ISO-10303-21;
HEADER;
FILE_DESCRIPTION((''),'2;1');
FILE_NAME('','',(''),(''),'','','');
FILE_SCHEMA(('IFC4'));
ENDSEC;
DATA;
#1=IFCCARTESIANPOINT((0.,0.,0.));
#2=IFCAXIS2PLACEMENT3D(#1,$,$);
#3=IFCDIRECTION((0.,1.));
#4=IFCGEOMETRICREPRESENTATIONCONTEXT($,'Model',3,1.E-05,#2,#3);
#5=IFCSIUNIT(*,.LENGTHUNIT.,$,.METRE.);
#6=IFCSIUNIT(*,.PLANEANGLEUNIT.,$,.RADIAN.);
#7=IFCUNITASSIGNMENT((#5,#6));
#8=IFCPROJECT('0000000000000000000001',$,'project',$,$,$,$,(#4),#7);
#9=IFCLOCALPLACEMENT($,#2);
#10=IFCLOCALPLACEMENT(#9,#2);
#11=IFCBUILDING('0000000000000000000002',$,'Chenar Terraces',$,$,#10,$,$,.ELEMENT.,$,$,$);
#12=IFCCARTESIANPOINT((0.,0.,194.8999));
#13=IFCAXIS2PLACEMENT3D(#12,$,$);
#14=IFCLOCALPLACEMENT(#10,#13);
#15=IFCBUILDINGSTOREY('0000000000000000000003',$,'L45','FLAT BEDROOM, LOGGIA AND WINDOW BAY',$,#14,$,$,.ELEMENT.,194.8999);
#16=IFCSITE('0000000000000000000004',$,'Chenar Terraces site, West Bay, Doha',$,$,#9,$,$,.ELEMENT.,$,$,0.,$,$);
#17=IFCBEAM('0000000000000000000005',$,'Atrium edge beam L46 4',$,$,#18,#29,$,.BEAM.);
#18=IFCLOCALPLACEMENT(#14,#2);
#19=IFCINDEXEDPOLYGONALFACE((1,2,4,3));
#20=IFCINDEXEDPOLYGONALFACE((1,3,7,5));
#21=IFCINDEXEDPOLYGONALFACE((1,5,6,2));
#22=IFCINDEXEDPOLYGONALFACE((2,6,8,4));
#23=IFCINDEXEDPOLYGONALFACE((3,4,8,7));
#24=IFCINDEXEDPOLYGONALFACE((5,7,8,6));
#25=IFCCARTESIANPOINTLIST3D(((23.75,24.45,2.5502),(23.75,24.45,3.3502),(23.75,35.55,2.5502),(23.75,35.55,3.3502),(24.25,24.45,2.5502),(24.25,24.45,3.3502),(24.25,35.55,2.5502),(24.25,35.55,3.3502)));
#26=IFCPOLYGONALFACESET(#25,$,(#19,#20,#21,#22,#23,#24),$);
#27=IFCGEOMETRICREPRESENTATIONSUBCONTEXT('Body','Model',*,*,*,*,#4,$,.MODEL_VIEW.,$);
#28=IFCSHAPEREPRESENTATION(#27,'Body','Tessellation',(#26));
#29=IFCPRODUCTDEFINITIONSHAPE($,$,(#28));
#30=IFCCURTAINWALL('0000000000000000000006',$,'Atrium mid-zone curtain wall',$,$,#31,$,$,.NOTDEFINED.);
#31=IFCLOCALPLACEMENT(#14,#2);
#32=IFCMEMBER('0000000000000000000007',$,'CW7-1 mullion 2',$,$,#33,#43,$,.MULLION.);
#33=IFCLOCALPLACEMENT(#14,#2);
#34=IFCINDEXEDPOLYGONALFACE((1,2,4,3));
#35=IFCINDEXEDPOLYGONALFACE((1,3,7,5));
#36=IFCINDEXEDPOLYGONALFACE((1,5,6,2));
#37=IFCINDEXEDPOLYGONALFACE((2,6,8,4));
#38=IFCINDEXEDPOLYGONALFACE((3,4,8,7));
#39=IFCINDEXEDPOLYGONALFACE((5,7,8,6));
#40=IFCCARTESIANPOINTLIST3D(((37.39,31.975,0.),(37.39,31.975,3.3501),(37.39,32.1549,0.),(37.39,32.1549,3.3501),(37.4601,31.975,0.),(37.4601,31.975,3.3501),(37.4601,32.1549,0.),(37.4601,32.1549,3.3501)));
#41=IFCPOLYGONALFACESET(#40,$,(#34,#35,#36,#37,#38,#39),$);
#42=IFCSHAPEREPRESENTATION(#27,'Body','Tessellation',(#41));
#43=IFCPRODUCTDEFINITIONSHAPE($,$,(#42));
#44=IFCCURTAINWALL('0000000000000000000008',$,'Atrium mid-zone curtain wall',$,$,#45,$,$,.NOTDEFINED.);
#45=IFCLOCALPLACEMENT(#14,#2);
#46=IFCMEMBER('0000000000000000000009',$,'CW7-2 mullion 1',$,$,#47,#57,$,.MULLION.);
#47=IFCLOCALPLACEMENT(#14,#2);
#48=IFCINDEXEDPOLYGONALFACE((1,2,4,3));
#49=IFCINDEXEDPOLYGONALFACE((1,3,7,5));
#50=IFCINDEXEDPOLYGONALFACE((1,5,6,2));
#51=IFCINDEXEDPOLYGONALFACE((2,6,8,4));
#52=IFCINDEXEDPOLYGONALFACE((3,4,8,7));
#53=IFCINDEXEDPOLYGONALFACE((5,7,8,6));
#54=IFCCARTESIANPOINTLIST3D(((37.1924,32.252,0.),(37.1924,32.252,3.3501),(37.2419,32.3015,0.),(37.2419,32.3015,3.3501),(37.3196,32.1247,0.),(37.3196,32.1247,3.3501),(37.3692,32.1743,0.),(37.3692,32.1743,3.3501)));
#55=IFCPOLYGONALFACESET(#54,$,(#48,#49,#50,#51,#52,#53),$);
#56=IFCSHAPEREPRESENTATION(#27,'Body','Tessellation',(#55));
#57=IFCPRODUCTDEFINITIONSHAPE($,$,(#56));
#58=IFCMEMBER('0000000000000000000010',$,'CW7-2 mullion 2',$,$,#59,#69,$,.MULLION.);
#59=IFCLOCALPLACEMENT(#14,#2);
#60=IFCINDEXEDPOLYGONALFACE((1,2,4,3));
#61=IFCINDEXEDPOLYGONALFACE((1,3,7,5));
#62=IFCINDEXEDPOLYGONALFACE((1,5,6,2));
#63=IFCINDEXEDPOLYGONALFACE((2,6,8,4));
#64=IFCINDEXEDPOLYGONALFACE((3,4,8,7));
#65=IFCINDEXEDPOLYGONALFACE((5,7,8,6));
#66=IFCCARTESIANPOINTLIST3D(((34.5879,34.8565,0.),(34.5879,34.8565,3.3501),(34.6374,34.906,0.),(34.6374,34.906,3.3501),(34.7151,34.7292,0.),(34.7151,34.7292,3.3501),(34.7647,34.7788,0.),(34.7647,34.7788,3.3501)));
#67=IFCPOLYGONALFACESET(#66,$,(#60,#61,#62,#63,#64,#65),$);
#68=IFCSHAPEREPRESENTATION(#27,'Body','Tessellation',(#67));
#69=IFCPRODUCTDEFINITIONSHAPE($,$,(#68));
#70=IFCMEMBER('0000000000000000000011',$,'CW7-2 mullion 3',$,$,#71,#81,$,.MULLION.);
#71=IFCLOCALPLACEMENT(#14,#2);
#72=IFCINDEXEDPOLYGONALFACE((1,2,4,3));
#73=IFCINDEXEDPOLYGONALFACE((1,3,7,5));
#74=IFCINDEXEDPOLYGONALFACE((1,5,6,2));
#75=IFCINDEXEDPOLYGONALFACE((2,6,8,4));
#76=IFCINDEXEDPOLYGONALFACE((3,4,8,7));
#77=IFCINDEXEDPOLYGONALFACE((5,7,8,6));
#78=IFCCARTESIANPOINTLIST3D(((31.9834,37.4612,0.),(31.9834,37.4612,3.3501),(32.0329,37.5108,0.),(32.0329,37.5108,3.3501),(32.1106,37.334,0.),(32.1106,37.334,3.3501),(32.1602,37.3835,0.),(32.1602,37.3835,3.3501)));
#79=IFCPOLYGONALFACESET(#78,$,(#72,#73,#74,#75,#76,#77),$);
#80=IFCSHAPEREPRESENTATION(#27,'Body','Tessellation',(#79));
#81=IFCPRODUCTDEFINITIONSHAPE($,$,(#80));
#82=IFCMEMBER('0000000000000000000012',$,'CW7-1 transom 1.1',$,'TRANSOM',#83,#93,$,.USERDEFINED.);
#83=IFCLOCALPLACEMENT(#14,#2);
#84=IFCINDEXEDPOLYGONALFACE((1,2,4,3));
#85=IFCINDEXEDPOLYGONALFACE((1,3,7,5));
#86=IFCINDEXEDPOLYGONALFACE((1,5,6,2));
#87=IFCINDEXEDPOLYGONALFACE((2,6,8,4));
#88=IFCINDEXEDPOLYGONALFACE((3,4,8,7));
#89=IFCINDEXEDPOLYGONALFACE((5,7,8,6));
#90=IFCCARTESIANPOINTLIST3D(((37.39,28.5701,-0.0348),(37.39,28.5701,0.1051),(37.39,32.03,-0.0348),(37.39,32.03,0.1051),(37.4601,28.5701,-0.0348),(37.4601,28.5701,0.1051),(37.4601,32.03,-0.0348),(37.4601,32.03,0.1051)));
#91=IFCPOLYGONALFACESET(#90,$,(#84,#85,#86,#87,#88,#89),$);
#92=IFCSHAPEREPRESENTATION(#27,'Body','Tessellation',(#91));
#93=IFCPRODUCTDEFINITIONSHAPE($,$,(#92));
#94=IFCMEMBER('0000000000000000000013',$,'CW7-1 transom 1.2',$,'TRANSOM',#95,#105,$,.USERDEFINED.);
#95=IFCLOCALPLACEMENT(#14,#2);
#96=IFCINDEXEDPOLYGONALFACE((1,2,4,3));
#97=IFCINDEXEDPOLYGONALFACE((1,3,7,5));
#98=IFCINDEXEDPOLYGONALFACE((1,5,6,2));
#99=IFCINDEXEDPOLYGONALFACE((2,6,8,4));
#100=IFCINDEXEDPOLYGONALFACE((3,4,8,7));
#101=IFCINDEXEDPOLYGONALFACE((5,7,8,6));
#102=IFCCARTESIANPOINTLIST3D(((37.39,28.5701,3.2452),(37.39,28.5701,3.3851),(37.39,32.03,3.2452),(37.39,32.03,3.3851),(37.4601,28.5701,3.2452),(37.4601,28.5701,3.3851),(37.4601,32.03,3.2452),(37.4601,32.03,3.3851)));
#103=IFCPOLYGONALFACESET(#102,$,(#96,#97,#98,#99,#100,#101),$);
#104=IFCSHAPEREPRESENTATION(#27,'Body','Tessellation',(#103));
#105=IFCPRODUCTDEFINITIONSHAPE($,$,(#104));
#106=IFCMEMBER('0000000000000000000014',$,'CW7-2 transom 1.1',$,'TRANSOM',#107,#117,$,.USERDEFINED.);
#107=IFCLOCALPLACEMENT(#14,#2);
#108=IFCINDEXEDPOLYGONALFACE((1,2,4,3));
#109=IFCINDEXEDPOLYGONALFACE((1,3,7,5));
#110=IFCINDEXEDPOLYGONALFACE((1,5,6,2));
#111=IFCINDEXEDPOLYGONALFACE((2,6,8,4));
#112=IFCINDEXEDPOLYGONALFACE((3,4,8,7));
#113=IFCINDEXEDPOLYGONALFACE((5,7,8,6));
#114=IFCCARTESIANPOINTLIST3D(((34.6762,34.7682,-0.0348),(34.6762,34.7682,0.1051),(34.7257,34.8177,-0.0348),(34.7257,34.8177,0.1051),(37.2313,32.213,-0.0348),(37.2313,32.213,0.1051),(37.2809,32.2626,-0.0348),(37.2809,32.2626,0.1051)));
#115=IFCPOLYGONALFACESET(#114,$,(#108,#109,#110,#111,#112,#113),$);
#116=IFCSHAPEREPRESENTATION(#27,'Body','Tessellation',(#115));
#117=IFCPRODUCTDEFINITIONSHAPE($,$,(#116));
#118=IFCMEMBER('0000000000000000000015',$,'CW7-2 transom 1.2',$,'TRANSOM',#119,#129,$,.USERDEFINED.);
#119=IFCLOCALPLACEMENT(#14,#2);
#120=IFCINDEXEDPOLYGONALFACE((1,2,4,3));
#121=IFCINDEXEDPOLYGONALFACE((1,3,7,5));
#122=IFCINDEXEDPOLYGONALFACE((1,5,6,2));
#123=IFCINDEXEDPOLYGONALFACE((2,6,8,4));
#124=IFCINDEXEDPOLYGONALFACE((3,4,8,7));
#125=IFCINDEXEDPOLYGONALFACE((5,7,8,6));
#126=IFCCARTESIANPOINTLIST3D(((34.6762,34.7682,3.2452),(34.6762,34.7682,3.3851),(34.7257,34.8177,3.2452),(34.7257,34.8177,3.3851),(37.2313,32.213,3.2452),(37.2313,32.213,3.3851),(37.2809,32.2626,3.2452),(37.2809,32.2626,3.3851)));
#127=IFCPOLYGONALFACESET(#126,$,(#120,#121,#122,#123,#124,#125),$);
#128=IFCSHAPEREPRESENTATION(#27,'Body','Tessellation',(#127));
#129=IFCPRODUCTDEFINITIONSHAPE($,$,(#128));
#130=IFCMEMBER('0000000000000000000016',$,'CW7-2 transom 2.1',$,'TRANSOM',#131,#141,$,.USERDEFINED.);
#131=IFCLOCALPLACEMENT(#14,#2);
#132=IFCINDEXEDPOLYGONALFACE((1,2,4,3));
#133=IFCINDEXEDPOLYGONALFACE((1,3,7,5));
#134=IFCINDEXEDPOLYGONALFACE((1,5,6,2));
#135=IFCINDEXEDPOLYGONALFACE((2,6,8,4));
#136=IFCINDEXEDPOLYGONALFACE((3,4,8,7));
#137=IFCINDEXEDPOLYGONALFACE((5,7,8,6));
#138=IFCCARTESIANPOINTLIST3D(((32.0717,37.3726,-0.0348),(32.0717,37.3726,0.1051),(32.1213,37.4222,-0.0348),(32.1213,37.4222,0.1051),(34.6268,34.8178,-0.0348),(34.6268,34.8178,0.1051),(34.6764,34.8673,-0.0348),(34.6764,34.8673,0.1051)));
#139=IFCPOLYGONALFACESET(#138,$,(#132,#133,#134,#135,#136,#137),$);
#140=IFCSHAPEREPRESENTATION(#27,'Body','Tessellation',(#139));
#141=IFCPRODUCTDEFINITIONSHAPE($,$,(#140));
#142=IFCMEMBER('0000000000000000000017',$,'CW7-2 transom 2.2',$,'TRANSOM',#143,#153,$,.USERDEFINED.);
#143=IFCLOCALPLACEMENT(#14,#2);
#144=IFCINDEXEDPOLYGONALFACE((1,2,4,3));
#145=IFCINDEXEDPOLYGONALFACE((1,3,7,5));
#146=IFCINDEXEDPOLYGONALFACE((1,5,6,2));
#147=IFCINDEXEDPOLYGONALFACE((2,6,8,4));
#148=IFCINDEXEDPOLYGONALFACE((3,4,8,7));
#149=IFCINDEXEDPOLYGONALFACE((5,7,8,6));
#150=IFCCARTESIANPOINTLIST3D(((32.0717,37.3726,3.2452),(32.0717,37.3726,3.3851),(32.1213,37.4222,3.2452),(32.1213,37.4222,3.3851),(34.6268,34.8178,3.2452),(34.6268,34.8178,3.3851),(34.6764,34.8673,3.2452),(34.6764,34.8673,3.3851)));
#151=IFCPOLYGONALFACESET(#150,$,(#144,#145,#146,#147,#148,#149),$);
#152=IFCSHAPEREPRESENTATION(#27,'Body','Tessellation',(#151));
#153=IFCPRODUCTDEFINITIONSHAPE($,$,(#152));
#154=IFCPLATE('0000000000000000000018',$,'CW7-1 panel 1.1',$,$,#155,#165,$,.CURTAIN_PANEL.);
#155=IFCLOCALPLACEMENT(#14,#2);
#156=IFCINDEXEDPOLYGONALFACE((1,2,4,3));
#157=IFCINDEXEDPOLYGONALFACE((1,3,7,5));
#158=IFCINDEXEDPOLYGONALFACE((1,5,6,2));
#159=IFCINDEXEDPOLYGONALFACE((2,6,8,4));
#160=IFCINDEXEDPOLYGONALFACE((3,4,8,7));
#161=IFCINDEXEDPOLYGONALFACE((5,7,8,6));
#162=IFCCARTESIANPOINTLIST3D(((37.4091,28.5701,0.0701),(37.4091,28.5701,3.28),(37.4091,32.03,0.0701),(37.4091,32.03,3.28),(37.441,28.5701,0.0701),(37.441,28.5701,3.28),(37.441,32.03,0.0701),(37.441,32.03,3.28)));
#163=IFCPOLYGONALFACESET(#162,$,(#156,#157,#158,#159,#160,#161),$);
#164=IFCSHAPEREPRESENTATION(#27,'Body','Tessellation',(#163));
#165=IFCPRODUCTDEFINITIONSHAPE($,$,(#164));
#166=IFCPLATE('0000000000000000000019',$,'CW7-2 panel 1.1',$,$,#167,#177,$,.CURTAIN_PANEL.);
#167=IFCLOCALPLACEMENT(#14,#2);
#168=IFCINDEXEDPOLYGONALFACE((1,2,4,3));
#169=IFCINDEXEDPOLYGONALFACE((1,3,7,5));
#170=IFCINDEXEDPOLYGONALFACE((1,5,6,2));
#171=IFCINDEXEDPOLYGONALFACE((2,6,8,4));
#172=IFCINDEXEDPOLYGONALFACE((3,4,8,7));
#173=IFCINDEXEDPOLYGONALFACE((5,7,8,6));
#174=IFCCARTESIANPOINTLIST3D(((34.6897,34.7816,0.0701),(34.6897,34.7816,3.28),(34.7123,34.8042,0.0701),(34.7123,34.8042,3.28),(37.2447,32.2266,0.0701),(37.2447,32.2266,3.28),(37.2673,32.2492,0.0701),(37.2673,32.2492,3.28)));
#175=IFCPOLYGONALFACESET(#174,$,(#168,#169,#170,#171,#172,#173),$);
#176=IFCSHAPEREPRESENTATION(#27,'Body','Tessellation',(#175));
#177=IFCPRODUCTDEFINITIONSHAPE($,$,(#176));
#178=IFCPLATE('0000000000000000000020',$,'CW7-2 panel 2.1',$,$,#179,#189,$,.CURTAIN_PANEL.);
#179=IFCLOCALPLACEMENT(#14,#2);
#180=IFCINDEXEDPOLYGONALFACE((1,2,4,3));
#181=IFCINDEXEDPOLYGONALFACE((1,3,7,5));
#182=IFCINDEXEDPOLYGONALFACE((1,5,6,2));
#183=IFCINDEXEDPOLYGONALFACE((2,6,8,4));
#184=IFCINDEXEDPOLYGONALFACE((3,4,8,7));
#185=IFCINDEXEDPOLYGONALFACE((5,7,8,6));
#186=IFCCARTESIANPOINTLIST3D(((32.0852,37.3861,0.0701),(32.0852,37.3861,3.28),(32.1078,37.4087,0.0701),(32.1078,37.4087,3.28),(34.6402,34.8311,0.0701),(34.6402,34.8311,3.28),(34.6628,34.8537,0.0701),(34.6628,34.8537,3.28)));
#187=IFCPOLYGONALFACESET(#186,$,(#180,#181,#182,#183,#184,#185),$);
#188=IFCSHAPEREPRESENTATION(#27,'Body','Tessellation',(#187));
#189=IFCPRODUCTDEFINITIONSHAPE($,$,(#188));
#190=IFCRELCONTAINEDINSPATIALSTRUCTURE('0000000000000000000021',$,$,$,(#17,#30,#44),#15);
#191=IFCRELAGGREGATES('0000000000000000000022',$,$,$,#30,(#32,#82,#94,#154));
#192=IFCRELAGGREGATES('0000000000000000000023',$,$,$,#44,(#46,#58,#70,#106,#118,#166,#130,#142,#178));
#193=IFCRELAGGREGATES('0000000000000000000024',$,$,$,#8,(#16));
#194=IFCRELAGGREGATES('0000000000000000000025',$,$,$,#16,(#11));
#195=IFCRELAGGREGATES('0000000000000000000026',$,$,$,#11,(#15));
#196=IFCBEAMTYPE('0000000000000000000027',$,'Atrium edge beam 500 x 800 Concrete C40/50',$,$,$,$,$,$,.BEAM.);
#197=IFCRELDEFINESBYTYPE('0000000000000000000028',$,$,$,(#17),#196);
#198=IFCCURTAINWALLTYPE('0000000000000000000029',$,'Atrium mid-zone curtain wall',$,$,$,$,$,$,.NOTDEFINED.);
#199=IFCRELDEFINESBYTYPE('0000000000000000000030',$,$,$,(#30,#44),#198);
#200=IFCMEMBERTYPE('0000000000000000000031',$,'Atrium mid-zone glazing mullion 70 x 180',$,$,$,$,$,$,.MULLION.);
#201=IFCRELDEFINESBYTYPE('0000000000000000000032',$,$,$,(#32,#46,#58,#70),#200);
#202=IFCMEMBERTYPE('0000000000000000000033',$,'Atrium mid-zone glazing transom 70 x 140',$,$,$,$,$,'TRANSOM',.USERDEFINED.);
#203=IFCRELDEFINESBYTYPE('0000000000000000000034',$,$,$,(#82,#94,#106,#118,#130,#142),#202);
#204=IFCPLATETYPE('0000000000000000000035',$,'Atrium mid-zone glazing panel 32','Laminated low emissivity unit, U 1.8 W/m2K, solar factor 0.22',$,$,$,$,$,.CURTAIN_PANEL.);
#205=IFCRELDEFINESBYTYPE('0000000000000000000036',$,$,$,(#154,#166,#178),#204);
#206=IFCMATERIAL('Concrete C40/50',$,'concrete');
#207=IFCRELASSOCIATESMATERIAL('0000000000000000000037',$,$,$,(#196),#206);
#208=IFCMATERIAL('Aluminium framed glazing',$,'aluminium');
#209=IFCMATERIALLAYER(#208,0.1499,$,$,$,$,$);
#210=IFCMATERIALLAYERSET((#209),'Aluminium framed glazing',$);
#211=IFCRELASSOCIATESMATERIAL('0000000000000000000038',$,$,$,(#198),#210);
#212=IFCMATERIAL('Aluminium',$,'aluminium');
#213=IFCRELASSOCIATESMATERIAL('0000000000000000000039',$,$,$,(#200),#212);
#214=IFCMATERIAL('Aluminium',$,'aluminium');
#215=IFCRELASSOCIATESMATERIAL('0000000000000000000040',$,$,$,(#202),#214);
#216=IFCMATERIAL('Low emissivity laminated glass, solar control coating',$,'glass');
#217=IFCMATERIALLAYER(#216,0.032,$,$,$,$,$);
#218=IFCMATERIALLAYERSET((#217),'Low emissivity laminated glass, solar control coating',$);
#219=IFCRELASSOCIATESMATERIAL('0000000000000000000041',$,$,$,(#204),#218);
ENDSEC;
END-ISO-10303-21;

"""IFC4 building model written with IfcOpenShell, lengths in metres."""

from ifc_helpers import new_model, si_unit, direction, frame, origin, origin_2d, place, context, subcontext, project, spatial, rectangle, extrude, material, layer, layer_set, material_profile, profile_set, type_object, element, aggregate, save


model = new_model("IFC4")

# Units and contexts
model_context = context("Model", 3, precision=1e-05, world=origin(), true_north=direction((0.0, 1.0)))
body_context = subcontext(model_context, "Body", "Model", "MODEL_VIEW")
ifc_project = project(units=[si_unit("LENGTHUNIT", "METRE"), si_unit("PLANEANGLEUNIT", "RADIAN")], contexts=[model_context])

# Site, building, storey
site_placement = place(None, origin())
site = spatial("IfcSite", under=ifc_project, at=site_placement, Name="Chenar Terraces site, West Bay, Doha", CompositionType="ELEMENT", RefElevation=0.0)
building_placement = place(site_placement, origin())
building = spatial("IfcBuilding", under=site, at=building_placement, Name="Chenar Terraces", CompositionType="ELEMENT")
storey_placement = place(building_placement, frame((0.0, 0.0, 194.8999)))
storey = spatial("IfcBuildingStorey", under=building, at=storey_placement, Name="L45", Description="FLAT BEDROOM, LOGGIA AND WINDOW BAY", CompositionType="ELEMENT", Elevation=194.8999)

# Beam
ifc_material_1 = material(Name="Concrete C40/50", Category="concrete")
ifc_material_profile_1 = material_profile(ifc_material_1, rectangle(XDim=0.5, YDim=0.8, at=origin_2d()), Name="RC 500 x 800")
ifc_profile_set_1 = profile_set([ifc_material_profile_1], Name="Concrete C40/50")
beam_type = type_object("IfcBeamType", Name="Atrium edge beam 500 x 800 Concrete C40/50", PredefinedType="BEAM", material=ifc_profile_set_1)
beam_placement = place(storey_placement, frame((24.0, 35.55, 2.9502), z_axis=(0.0, -1.0, 0.0), x_axis=(1.0, 0.0, 0.0)))
element("IfcBeam", 1, at=beam_placement, inside=storey, type_object=beam_type, Name="Atrium edge beam L46 4", PredefinedType="BEAM", context=body_context, shape_type="SweptSolid", body=[
    extrude(rectangle(XDim=0.5, YDim=0.8, at=origin_2d()), origin(), (0.0, 0.0, 1.0), 11.1001),
])

# Curtain wall, member
ifc_material_2 = material(Name="Aluminium framed glazing", Category="aluminium")
ifc_layer_1 = layer(ifc_material_2, 0.1499)
ifc_layer_set_1 = layer_set([ifc_layer_1], Name="Aluminium framed glazing")
curtain_wall_type = type_object("IfcCurtainWallType", Name="Atrium mid-zone curtain wall", PredefinedType="NOTDEFINED", material=ifc_layer_set_1)
placement = place(storey_placement, origin())
curtain_wall_1 = element("IfcCurtainWall", 2, at=placement, inside=storey, type_object=curtain_wall_type, Name="Atrium mid-zone curtain wall", PredefinedType="NOTDEFINED")
ifc_material_3 = material(Name="Aluminium", Category="aluminium")
ifc_material_profile_2 = material_profile(ifc_material_3, rectangle(XDim=0.0701, YDim=0.1799, at=origin_2d()), Name="Atrium mid-zone glazing mullion 70 x 180")
ifc_profile_set_2 = profile_set([ifc_material_profile_2], Name="Aluminium")
member_type_1 = type_object("IfcMemberType", Name="Atrium mid-zone glazing mullion 70 x 180", PredefinedType="MULLION", material=ifc_profile_set_2)
member_1_placement = place(storey_placement, frame((37.425, 32.0649, 0.0), z_axis=(0.0, 0.0, 1.0), x_axis=(-1.0, 0.0, 0.0)))
member_1 = element("IfcMember", 3, at=member_1_placement, type_object=member_type_1, Name="CW7-1 mullion 2", PredefinedType="MULLION", context=body_context, shape_type="SweptSolid", body=[
    extrude(rectangle(XDim=0.0701, YDim=0.1799, at=origin_2d()), origin(), (0.0, 0.0, 1.0), 3.3501),
])

# Curtain wall, members
curtain_wall_2 = element("IfcCurtainWall", 4, at=placement, inside=storey, type_object=curtain_wall_type, Name="Atrium mid-zone curtain wall", PredefinedType="NOTDEFINED")
member_2_placement = place(storey_placement, frame((37.2808, 32.2131, 0.0), z_axis=(0.0, 0.0, 1.0), x_axis=(-0.707107, -0.707107, 0.0)))
member_2 = element("IfcMember", 5, at=member_2_placement, type_object=member_type_1, Name="CW7-2 mullion 1", PredefinedType="MULLION", context=body_context, shape_type="SweptSolid", body=[
    extrude(rectangle(XDim=0.0701, YDim=0.1799, at=origin_2d()), origin(), (0.0, 0.0, 1.0), 3.3501),
])
member_3_placement = place(storey_placement, frame((34.6763, 34.8176, 0.0), z_axis=(0.0, 0.0, 1.0), x_axis=(-0.707107, -0.707107, 0.0)))
member_3 = element("IfcMember", 6, at=member_3_placement, type_object=member_type_1, Name="CW7-2 mullion 2", PredefinedType="MULLION", context=body_context, shape_type="SweptSolid", body=[
    extrude(rectangle(XDim=0.0701, YDim=0.1799, at=origin_2d()), origin(), (0.0, 0.0, 1.0), 3.3501),
])
member_4_placement = place(storey_placement, frame((32.0718, 37.4224, 0.0), z_axis=(0.0, 0.0, 1.0), x_axis=(-0.707107, -0.707107, 0.0)))
member_4 = element("IfcMember", 7, at=member_4_placement, type_object=member_type_1, Name="CW7-2 mullion 3", PredefinedType="MULLION", context=body_context, shape_type="SweptSolid", body=[
    extrude(rectangle(XDim=0.0701, YDim=0.1799, at=origin_2d()), origin(), (0.0, 0.0, 1.0), 3.3501),
])

# Members
ifc_material_4 = material(Name="Aluminium", Category="aluminium")
ifc_material_profile_3 = material_profile(ifc_material_4, rectangle(XDim=0.0701, YDim=0.1399, at=origin_2d()), Name="Atrium mid-zone glazing transom 70 x 140")
ifc_profile_set_3 = profile_set([ifc_material_profile_3], Name="Aluminium")
member_type_2 = type_object("IfcMemberType", Name="Atrium mid-zone glazing transom 70 x 140", ElementType="TRANSOM", PredefinedType="USERDEFINED", material=ifc_profile_set_3)
member_5_placement = place(storey_placement, frame((37.425, 28.5701, 0.0352), z_axis=(0.0, 1.0, 0.0), x_axis=(-1.0, 0.0, 0.0)))
member_5 = element("IfcMember", 8, at=member_5_placement, type_object=member_type_2, Name="CW7-1 transom 1.1", ObjectType="TRANSOM", PredefinedType="USERDEFINED", context=body_context, shape_type="SweptSolid", body=[
    extrude(rectangle(XDim=0.0701, YDim=0.1399, at=origin_2d()), origin(), (0.0, 0.0, 1.0), 3.46),
])
member_6_placement = place(storey_placement, frame((37.425, 28.5701, 3.3152), z_axis=(0.0, 1.0, 0.0), x_axis=(-1.0, 0.0, 0.0)))
member_6 = element("IfcMember", 9, at=member_6_placement, type_object=member_type_2, Name="CW7-1 transom 1.2", ObjectType="TRANSOM", PredefinedType="USERDEFINED", context=body_context, shape_type="SweptSolid", body=[
    extrude(rectangle(XDim=0.0701, YDim=0.1399, at=origin_2d()), origin(), (0.0, 0.0, 1.0), 3.46),
])
member_7_placement = place(storey_placement, frame((37.2561, 32.2378, 0.0352), z_axis=(-0.707107, 0.707107, 0.0), x_axis=(-0.707107, -0.707107, 0.0)))
member_7 = element("IfcMember", 10, at=member_7_placement, type_object=member_type_2, Name="CW7-2 transom 1.1", ObjectType="TRANSOM", PredefinedType="USERDEFINED", context=body_context, shape_type="SweptSolid", body=[
    extrude(rectangle(XDim=0.0701, YDim=0.1399, at=origin_2d()), origin(), (0.0, 0.0, 1.0), 3.6135),
])
member_8_placement = place(storey_placement, frame((37.2561, 32.2378, 3.3152), z_axis=(-0.707107, 0.707107, 0.0), x_axis=(-0.707107, -0.707107, 0.0)))
member_8 = element("IfcMember", 11, at=member_8_placement, type_object=member_type_2, Name="CW7-2 transom 1.2", ObjectType="TRANSOM", PredefinedType="USERDEFINED", context=body_context, shape_type="SweptSolid", body=[
    extrude(rectangle(XDim=0.0701, YDim=0.1399, at=origin_2d()), origin(), (0.0, 0.0, 1.0), 3.6135),
])
member_9_placement = place(storey_placement, frame((34.6516, 34.8425, 0.0352), z_axis=(-0.707141, 0.707073, 0.0), x_axis=(-0.707073, -0.707141, 0.0)))
member_9 = element("IfcMember", 12, at=member_9_placement, type_object=member_type_2, Name="CW7-2 transom 2.1", ObjectType="TRANSOM", PredefinedType="USERDEFINED", context=body_context, shape_type="SweptSolid", body=[
    extrude(rectangle(XDim=0.0701, YDim=0.1399, at=origin_2d()), origin(), (0.0, 0.0, 1.0), 3.6133),
])
member_10_placement = place(storey_placement, frame((34.6516, 34.8425, 3.3152), z_axis=(-0.707141, 0.707073, 0.0), x_axis=(-0.707073, -0.707141, 0.0)))
member_10 = element("IfcMember", 13, at=member_10_placement, type_object=member_type_2, Name="CW7-2 transom 2.2", ObjectType="TRANSOM", PredefinedType="USERDEFINED", context=body_context, shape_type="SweptSolid", body=[
    extrude(rectangle(XDim=0.0701, YDim=0.1399, at=origin_2d()), origin(), (0.0, 0.0, 1.0), 3.6133),
])

# Plates
ifc_material_5 = material(Name="Low emissivity laminated glass, solar control coating", Category="glass")
ifc_layer_2 = layer(ifc_material_5, 0.032)
ifc_layer_set_2 = layer_set([ifc_layer_2], Name="Low emissivity laminated glass, solar control coating")
plate_type = type_object("IfcPlateType", Name="Atrium mid-zone glazing panel 32", Description="Laminated low emissivity unit, U 1.8 W/m2K, solar factor 0.22", PredefinedType="CURTAIN_PANEL", material=ifc_layer_set_2)
plate_1_placement = place(storey_placement, frame((37.425, 30.3, 0.0701), z_axis=(0.0, 0.0, 1.0), x_axis=(0.0, 1.0, 0.0)))
plate_1 = element("IfcPlate", 14, at=plate_1_placement, type_object=plate_type, Name="CW7-1 panel 1.1", PredefinedType="CURTAIN_PANEL", context=body_context, shape_type="SweptSolid", body=[
    extrude(rectangle(XDim=3.46, YDim=0.032, at=origin_2d()), origin(), (0.0, 0.0, 1.0), 3.21),
])
aggregate(curtain_wall_1, [member_1, member_5, member_6, plate_1])
plate_2_placement = place(storey_placement, frame((35.9785, 33.5154, 0.0701), z_axis=(0.0, 0.0, 1.0), x_axis=(-0.707107, 0.707107, 0.0)))
plate_2 = element("IfcPlate", 15, at=plate_2_placement, type_object=plate_type, Name="CW7-2 panel 1.1", PredefinedType="CURTAIN_PANEL", context=body_context, shape_type="SweptSolid", body=[
    extrude(rectangle(XDim=3.6133, YDim=0.032, at=origin_2d()), origin(), (0.0, 0.0, 1.0), 3.21),
])
plate_3_placement = place(storey_placement, frame((33.374, 36.1199, 0.0701), z_axis=(0.0, 0.0, 1.0), x_axis=(-0.707107, 0.707107, 0.0)))
plate_3 = element("IfcPlate", 16, at=plate_3_placement, type_object=plate_type, Name="CW7-2 panel 2.1", PredefinedType="CURTAIN_PANEL", context=body_context, shape_type="SweptSolid", body=[
    extrude(rectangle(XDim=3.6133, YDim=0.032, at=origin_2d()), origin(), (0.0, 0.0, 1.0), 3.21),
])
aggregate(curtain_wall_2, [member_2, member_3, member_4, member_7, member_8, plate_2, member_9, member_10, plate_3])

save(model, "model.ifc")
